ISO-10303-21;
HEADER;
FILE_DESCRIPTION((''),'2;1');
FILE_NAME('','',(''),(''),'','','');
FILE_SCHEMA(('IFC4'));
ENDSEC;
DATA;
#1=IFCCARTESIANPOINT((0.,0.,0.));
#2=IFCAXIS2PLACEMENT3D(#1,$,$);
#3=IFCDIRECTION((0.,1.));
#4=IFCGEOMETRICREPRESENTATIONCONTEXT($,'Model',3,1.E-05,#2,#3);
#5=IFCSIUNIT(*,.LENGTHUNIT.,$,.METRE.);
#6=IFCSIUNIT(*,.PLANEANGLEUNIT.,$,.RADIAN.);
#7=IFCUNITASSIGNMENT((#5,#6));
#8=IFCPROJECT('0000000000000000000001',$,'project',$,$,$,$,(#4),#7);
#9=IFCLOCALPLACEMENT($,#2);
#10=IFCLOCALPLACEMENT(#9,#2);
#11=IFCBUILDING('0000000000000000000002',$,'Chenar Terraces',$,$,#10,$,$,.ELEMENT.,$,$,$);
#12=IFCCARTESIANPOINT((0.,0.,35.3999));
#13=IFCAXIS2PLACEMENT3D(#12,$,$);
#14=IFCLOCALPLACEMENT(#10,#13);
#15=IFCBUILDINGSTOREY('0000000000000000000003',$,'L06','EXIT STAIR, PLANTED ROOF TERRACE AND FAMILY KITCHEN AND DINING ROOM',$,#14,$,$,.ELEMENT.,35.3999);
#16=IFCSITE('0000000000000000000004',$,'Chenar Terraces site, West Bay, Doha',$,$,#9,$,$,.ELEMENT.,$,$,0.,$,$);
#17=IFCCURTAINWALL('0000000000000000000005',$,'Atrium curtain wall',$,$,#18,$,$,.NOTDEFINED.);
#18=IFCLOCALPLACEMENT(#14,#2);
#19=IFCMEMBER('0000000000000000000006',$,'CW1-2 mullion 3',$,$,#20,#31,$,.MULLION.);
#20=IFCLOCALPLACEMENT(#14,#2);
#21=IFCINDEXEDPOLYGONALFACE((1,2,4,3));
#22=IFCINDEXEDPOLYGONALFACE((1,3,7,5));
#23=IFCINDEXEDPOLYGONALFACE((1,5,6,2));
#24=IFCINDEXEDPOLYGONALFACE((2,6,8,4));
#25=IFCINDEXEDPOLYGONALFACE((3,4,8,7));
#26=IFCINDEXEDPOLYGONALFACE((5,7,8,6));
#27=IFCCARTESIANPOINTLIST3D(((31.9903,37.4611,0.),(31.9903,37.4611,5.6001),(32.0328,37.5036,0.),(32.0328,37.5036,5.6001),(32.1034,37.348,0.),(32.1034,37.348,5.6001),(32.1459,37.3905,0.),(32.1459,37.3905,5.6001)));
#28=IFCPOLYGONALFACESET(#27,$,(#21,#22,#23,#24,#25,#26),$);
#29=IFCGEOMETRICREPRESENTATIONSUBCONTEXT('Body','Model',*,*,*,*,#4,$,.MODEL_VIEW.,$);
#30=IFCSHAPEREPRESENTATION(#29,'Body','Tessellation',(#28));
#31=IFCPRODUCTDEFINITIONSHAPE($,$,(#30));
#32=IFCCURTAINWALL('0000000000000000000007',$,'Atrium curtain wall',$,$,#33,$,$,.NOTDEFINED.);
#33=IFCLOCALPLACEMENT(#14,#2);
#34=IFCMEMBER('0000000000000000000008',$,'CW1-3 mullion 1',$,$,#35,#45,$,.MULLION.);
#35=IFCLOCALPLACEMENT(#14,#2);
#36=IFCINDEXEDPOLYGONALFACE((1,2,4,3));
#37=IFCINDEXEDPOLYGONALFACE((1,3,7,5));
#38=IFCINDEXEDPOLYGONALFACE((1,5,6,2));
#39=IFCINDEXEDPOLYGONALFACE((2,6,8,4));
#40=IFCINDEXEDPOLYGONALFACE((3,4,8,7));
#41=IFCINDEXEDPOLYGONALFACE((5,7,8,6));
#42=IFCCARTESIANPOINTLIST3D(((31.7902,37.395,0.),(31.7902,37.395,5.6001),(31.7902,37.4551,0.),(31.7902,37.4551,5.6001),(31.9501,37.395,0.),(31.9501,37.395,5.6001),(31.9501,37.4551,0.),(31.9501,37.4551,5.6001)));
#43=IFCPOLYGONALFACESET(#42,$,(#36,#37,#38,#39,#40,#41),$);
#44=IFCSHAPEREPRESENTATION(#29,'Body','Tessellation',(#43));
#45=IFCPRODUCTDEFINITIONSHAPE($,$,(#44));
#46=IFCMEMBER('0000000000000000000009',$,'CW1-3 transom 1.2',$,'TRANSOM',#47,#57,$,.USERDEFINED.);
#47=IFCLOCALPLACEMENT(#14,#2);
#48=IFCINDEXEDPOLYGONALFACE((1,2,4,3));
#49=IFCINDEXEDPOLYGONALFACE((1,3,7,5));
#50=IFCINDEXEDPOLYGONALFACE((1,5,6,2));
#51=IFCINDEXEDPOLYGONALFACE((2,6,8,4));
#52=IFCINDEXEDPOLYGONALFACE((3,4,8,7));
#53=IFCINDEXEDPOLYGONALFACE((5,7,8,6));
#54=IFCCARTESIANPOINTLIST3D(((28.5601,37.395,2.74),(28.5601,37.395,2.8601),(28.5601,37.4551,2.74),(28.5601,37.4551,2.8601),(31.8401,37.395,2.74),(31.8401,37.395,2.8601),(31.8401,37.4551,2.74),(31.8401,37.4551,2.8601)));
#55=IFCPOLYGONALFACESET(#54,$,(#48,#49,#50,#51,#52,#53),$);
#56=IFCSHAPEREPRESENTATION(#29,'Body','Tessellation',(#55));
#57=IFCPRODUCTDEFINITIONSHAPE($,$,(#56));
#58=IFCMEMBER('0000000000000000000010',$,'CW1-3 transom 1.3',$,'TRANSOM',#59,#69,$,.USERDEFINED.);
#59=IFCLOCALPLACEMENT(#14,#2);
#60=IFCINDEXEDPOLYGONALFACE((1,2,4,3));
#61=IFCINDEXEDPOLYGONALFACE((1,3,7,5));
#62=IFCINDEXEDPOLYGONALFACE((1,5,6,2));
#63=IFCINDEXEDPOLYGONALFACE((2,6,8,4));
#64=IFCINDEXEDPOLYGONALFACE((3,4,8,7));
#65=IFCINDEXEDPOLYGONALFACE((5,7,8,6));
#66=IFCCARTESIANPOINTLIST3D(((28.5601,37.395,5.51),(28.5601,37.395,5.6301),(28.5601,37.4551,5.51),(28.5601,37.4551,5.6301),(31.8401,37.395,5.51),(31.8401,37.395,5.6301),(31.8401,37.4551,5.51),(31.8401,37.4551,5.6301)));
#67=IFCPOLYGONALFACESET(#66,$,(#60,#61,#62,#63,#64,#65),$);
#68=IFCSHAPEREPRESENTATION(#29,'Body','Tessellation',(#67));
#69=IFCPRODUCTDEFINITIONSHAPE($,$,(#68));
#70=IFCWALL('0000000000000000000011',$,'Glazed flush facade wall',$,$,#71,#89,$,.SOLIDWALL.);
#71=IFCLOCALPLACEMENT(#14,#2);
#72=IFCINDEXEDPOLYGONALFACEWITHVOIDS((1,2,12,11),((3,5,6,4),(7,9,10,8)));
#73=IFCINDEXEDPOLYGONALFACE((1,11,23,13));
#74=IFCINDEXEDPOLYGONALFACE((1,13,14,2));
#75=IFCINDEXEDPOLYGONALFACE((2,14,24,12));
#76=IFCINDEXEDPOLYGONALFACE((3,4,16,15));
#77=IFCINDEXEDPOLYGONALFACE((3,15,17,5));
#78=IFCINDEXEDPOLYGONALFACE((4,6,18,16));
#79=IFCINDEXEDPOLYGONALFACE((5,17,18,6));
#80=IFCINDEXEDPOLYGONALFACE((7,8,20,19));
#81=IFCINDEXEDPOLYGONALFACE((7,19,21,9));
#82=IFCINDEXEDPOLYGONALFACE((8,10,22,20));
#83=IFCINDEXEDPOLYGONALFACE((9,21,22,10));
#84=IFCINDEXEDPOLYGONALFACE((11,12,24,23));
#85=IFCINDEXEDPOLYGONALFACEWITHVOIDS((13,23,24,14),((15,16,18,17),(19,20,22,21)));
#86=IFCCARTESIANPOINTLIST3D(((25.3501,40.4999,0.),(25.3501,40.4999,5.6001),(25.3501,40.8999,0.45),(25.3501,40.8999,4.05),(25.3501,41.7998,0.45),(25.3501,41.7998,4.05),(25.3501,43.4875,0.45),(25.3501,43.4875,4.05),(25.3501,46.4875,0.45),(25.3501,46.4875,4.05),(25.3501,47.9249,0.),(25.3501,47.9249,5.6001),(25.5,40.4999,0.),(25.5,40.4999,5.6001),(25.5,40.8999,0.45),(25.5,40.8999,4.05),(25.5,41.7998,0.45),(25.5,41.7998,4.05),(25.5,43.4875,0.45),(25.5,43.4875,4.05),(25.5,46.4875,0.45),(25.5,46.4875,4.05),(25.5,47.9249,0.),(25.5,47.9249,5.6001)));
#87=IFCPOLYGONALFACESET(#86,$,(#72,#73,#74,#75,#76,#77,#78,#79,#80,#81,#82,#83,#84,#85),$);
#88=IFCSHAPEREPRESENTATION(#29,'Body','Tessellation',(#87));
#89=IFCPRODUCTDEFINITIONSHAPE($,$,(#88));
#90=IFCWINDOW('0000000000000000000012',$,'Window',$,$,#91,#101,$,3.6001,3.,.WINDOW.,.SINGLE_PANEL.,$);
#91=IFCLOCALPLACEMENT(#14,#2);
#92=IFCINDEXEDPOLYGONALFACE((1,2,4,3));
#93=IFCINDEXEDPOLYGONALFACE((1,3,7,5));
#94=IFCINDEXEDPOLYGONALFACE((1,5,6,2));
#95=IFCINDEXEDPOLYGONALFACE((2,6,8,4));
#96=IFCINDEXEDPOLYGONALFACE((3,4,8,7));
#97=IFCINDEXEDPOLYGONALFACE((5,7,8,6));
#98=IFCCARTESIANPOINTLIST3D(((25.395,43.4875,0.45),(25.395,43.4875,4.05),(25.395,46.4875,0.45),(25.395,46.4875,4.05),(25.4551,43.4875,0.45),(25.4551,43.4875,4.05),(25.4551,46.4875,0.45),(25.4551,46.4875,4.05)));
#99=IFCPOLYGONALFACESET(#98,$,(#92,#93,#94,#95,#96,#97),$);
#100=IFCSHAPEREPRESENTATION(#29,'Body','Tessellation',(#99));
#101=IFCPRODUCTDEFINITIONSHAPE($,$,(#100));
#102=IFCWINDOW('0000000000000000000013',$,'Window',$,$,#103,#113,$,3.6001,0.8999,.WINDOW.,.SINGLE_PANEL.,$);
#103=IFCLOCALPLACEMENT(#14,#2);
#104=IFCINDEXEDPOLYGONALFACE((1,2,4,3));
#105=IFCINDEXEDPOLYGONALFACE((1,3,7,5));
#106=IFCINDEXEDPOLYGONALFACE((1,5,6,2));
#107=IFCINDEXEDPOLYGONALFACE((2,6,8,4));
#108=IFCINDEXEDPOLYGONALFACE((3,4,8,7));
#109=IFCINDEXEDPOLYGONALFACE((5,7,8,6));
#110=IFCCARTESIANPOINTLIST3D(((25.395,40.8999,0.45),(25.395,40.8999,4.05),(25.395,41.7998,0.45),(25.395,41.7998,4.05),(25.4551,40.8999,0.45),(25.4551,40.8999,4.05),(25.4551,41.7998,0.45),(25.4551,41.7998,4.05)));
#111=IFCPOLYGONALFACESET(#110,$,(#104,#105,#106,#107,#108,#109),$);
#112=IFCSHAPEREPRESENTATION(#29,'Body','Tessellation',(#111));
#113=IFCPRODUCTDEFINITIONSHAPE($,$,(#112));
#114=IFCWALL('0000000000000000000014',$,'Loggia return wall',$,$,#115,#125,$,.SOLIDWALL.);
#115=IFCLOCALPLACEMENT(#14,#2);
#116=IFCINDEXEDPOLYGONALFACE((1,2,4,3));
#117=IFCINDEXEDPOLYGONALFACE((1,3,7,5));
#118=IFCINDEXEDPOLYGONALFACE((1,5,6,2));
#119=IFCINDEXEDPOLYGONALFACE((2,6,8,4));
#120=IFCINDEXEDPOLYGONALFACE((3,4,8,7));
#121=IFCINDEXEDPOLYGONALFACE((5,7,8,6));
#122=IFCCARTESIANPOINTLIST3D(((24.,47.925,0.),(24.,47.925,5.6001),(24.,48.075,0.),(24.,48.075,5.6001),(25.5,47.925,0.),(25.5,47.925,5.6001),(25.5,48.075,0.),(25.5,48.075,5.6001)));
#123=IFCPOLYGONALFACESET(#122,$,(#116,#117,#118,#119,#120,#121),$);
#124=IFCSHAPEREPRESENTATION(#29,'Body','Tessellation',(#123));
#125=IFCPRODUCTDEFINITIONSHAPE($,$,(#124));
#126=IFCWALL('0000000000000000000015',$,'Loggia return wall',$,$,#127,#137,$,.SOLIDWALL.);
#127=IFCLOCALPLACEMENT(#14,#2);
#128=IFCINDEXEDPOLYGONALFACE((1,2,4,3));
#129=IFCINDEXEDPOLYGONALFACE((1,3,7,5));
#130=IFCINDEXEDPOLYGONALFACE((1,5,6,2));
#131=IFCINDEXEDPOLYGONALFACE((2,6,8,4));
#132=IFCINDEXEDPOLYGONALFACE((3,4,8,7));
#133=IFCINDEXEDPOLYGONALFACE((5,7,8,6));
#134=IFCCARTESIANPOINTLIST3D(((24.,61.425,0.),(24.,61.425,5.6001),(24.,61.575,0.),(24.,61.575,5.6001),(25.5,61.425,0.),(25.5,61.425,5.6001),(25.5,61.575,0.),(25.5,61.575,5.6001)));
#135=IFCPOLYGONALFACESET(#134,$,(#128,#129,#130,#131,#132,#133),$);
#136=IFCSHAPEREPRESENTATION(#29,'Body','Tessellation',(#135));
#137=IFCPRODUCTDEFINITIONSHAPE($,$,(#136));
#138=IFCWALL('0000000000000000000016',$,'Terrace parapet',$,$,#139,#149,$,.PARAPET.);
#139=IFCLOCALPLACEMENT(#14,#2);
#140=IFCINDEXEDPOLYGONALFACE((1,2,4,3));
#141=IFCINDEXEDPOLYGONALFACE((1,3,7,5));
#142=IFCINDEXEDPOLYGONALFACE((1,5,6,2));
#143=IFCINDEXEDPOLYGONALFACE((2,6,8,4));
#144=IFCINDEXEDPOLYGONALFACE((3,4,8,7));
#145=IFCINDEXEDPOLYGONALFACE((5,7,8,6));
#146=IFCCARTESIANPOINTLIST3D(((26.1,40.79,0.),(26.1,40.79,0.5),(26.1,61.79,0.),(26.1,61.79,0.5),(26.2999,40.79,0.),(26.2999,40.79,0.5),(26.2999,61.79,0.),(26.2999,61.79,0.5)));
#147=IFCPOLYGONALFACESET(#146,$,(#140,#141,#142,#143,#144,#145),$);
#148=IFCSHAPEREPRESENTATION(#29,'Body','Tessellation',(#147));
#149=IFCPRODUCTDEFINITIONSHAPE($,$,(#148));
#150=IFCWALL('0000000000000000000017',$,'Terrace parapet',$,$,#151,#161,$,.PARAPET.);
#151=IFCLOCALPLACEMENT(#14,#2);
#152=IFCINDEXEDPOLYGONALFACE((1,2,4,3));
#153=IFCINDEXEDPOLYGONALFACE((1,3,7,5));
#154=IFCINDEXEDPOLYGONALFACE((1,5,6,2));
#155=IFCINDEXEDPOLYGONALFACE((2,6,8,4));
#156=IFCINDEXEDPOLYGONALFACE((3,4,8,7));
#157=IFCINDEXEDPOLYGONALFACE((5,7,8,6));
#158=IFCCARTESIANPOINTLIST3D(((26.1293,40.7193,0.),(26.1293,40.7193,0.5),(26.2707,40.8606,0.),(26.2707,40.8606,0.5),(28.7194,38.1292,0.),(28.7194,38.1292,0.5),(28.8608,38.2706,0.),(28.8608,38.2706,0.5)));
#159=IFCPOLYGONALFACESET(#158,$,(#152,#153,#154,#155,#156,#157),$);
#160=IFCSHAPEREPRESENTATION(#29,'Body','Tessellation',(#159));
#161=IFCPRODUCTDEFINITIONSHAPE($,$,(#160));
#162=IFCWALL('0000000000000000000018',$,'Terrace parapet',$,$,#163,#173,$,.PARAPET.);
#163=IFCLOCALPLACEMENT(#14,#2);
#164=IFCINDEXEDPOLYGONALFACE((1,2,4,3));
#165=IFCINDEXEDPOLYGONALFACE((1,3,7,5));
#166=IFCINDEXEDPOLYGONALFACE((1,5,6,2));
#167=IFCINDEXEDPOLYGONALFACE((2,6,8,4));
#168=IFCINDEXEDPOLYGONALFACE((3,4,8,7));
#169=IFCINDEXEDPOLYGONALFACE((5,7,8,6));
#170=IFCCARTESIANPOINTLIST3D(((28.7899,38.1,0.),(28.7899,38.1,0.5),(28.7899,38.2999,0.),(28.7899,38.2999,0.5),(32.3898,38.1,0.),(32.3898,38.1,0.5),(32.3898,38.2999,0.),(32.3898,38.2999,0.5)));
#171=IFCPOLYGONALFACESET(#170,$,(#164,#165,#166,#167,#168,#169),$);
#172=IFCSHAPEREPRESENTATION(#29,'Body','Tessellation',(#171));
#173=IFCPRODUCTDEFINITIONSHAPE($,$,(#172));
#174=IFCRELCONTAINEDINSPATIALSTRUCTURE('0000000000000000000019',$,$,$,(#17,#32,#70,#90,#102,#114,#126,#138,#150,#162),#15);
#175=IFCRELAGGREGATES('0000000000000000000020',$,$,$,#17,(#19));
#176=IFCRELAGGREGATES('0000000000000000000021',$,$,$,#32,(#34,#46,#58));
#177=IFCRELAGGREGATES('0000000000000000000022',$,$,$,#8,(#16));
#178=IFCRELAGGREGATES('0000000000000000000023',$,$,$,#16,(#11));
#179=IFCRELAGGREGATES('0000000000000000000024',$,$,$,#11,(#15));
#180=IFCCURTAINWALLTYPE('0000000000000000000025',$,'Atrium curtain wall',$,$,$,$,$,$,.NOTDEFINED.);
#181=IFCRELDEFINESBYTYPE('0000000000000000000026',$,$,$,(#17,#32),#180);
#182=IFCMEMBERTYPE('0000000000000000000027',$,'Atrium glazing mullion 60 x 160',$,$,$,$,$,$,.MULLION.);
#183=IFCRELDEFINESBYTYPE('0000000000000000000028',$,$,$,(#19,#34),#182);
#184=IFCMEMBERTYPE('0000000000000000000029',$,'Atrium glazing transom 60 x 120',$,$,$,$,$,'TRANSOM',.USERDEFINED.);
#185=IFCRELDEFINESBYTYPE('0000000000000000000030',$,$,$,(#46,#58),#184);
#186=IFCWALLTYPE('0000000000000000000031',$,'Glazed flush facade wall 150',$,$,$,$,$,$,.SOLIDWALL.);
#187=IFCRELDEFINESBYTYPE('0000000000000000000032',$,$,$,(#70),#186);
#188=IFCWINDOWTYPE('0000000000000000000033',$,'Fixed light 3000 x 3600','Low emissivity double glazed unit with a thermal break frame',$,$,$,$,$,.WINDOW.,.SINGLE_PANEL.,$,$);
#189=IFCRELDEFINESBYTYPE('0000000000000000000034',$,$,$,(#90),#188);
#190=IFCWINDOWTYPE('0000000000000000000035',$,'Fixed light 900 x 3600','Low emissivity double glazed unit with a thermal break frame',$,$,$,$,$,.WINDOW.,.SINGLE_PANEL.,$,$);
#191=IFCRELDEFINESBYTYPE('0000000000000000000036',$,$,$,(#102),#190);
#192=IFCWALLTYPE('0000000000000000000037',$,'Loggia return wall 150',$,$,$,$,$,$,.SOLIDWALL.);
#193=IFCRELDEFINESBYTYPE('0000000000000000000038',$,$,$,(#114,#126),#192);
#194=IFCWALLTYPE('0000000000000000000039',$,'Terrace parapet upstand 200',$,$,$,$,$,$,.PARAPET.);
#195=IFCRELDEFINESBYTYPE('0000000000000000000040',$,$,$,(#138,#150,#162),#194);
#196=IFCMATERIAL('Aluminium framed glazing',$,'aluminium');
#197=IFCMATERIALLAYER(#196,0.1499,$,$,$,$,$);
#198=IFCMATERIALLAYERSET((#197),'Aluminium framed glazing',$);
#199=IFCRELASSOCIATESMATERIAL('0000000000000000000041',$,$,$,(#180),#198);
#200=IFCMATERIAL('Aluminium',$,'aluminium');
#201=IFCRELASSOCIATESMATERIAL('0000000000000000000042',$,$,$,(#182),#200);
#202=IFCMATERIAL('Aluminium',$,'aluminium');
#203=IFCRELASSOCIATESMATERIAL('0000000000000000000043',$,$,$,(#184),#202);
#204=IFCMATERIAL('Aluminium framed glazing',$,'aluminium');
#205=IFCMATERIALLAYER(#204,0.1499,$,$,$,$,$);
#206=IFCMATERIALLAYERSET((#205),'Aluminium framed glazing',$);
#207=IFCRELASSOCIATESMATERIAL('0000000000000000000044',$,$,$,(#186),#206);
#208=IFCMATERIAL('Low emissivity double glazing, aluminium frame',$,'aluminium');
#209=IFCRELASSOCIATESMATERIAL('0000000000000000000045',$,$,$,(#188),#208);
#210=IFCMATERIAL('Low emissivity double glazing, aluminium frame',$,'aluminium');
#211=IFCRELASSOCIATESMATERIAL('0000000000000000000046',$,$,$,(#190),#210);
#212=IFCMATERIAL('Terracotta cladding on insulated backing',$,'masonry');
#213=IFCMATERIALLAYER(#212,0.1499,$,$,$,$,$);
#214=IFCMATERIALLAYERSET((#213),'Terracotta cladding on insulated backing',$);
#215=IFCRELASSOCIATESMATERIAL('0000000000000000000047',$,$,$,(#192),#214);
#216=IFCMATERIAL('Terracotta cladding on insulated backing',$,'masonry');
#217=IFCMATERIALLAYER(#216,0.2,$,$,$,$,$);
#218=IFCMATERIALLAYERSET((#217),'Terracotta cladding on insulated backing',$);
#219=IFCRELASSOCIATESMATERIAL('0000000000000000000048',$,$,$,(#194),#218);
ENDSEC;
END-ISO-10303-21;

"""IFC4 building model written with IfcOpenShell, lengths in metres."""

from ifc_helpers import new_model, si_unit, direction, frame, frame_2d, origin, origin_2d, place, context, subcontext, project, spatial, rectangle, extrude, material, layer, layer_set, material_profile, profile_set, type_object, element, fill, aggregate, save


model = new_model("IFC4")

# Units and contexts
model_context = context("Model", 3, precision=1e-05, world=origin(), true_north=direction((0.0, 1.0)))
body_context = subcontext(model_context, "Body", "Model", "MODEL_VIEW")
ifc_project = project(units=[si_unit("LENGTHUNIT", "METRE"), si_unit("PLANEANGLEUNIT", "RADIAN")], contexts=[model_context])

# Site, building, storey
site_placement = place(None, origin())
site = spatial("IfcSite", under=ifc_project, at=site_placement, Name="Chenar Terraces site, West Bay, Doha", CompositionType="ELEMENT", RefElevation=0.0)
building_placement = place(site_placement, origin())
building = spatial("IfcBuilding", under=site, at=building_placement, Name="Chenar Terraces", CompositionType="ELEMENT")
storey_placement = place(building_placement, frame((0.0, 0.0, 35.3999)))
storey = spatial("IfcBuildingStorey", under=building, at=storey_placement, Name="L06", Description="EXIT STAIR, PLANTED ROOF TERRACE AND FAMILY KITCHEN AND DINING ROOM", CompositionType="ELEMENT", Elevation=35.3999)

# Curtain wall, member
ifc_material_1 = material(Name="Aluminium framed glazing", Category="aluminium")
ifc_layer_1 = layer(ifc_material_1, 0.1499)
ifc_layer_set_1 = layer_set([ifc_layer_1], Name="Aluminium framed glazing")
curtain_wall_type = type_object("IfcCurtainWallType", Name="Atrium curtain wall", PredefinedType="NOTDEFINED", material=ifc_layer_set_1)
placement = place(storey_placement, origin())
curtain_wall_1 = element("IfcCurtainWall", 1, at=placement, inside=storey, type_object=curtain_wall_type, Name="Atrium curtain wall", PredefinedType="NOTDEFINED")
ifc_material_2 = material(Name="Aluminium", Category="aluminium")
ifc_material_profile_1 = material_profile(ifc_material_2, rectangle(XDim=0.0601, YDim=0.1599, at=origin_2d()), Name="Atrium glazing mullion 60 x 160")
ifc_profile_set_1 = profile_set([ifc_material_profile_1], Name="Aluminium")
member_type_1 = type_object("IfcMemberType", Name="Atrium glazing mullion 60 x 160", PredefinedType="MULLION", material=ifc_profile_set_1)
member_1_placement = place(storey_placement, frame((32.0681, 37.4258, 0.0), z_axis=(0.0, 0.0, 1.0), x_axis=(-0.707107, -0.707107, 0.0)))
member_1 = element("IfcMember", 2, at=member_1_placement, type_object=member_type_1, Name="CW1-2 mullion 3", PredefinedType="MULLION", context=body_context, shape_type="SweptSolid", body=[
    extrude(rectangle(XDim=0.0601, YDim=0.1599, at=origin_2d()), origin(), (0.0, 0.0, 1.0), 5.6001),
])
aggregate(curtain_wall_1, [member_1])

# Curtain wall, members
curtain_wall_2 = element("IfcCurtainWall", 3, at=placement, inside=storey, type_object=curtain_wall_type, Name="Atrium curtain wall", PredefinedType="NOTDEFINED")
member_2_placement = place(storey_placement, frame((31.8701, 37.425, 0.0), z_axis=(0.0, 0.0, 1.0), x_axis=(0.0, -1.0, 0.0)))
member_2 = element("IfcMember", 4, at=member_2_placement, type_object=member_type_1, Name="CW1-3 mullion 1", PredefinedType="MULLION", context=body_context, shape_type="SweptSolid", body=[
    extrude(rectangle(XDim=0.0601, YDim=0.1599, at=origin_2d()), origin(), (0.0, 0.0, 1.0), 5.6001),
])
ifc_material_3 = material(Name="Aluminium", Category="aluminium")
ifc_material_profile_2 = material_profile(ifc_material_3, rectangle(XDim=0.0601, YDim=0.1201, at=origin_2d()), Name="Atrium glazing transom 60 x 120")
ifc_profile_set_2 = profile_set([ifc_material_profile_2], Name="Aluminium")
member_type_2 = type_object("IfcMemberType", Name="Atrium glazing transom 60 x 120", ElementType="TRANSOM", PredefinedType="USERDEFINED", material=ifc_profile_set_2)
member_3_placement = place(storey_placement, frame((31.8401, 37.425, 2.8), z_axis=(-1.0, 0.0, 0.0), x_axis=(0.0, -1.0, 0.0)))
member_3 = element("IfcMember", 5, at=member_3_placement, type_object=member_type_2, Name="CW1-3 transom 1.2", ObjectType="TRANSOM", PredefinedType="USERDEFINED", context=body_context, shape_type="SweptSolid", body=[
    extrude(rectangle(XDim=0.0601, YDim=0.1201, at=origin_2d()), origin(), (0.0, 0.0, 1.0), 3.28),
])
member_4_placement = place(storey_placement, frame((31.8401, 37.425, 5.5701), z_axis=(-1.0, 0.0, 0.0), x_axis=(0.0, -1.0, 0.0)))
member_4 = element("IfcMember", 6, at=member_4_placement, type_object=member_type_2, Name="CW1-3 transom 1.3", ObjectType="TRANSOM", PredefinedType="USERDEFINED", context=body_context, shape_type="SweptSolid", body=[
    extrude(rectangle(XDim=0.0601, YDim=0.1201, at=origin_2d()), origin(), (0.0, 0.0, 1.0), 3.28),
])
aggregate(curtain_wall_2, [member_2, member_3, member_4])

# Wall, openings, windows
ifc_material_4 = material(Name="Aluminium framed glazing", Category="aluminium")
ifc_layer_2 = layer(ifc_material_4, 0.1499)
ifc_layer_set_2 = layer_set([ifc_layer_2], Name="Aluminium framed glazing")
wall_type_1 = type_object("IfcWallType", Name="Glazed flush facade wall 150", PredefinedType="SOLIDWALL", material=ifc_layer_set_2)
wall_1_placement = place(storey_placement, frame((25.425, 40.5, 0.0), z_axis=(0.0, 0.0, 1.0), x_axis=(0.0, 1.0, 0.0)))
wall_1 = element("IfcWall", 7, at=wall_1_placement, inside=storey, type_object=wall_type_1, Name="Glazed flush facade wall", PredefinedType="SOLIDWALL", context=body_context, shape_type="SweptSolid", body=[
    extrude(rectangle(XDim=7.425, YDim=0.1499, at=frame_2d((3.7124, 0.0))), origin(), (0.0, 0.0, 1.0), 5.6001),
])
opening_1_placement = place(wall_1_placement, frame((0.3999, 0.0, 0.45)))
opening_1 = element("IfcOpeningElement", 8, at=opening_1_placement, cuts=wall_1, PredefinedType="OPENING", context=body_context, shape_type="SweptSolid", body=[
    extrude(rectangle(XDim=0.8999, YDim=3.6001, at=frame_2d((0.45, 1.8))), frame((0.0, 0.085, 0.0), z_axis=(0.0, -1.0, 0.0), x_axis=(1.0, 0.0, 0.0)), (0.0, 0.0, 1.0), 0.1699),
])
opening_2_placement = place(wall_1_placement, frame((2.9875, 0.0, 0.45)))
opening_2 = element("IfcOpeningElement", 9, at=opening_2_placement, cuts=wall_1, PredefinedType="OPENING", context=body_context, shape_type="SweptSolid", body=[
    extrude(rectangle(XDim=3.0, YDim=3.6001, at=frame_2d((1.5, 1.8))), frame((0.0, 0.085, 0.0), z_axis=(0.0, -1.0, 0.0), x_axis=(1.0, 0.0, 0.0)), (0.0, 0.0, 1.0), 0.1699),
])
ifc_material_5 = material(Name="Low emissivity double glazing, aluminium frame", Category="aluminium")
window_type_1 = type_object("IfcWindowType", Name="Fixed light 3000 x 3600", Description="Low emissivity double glazed unit with a thermal break frame", PartitioningType="SINGLE_PANEL", PredefinedType="WINDOW", material=ifc_material_5)
window_1_placement = place(opening_2_placement, origin())
window_1 = element("IfcWindow", 10, at=window_1_placement, inside=storey, type_object=window_type_1, Name="Window", OverallHeight=3.6001, OverallWidth=3.0, PartitioningType="SINGLE_PANEL", PredefinedType="WINDOW", context=body_context, shape_type="SweptSolid", body=[
    extrude(rectangle(XDim=3.0, YDim=3.6001, at=frame_2d((1.5, 1.8))), frame((0.0, 0.03, 0.0), z_axis=(0.0, -1.0, 0.0), x_axis=(1.0, 0.0, 0.0)), (0.0, 0.0, 1.0), 0.0601),
])
fill(opening_2, window_1)
ifc_material_6 = material(Name="Low emissivity double glazing, aluminium frame", Category="aluminium")
window_type_2 = type_object("IfcWindowType", Name="Fixed light 900 x 3600", Description="Low emissivity double glazed unit with a thermal break frame", PartitioningType="SINGLE_PANEL", PredefinedType="WINDOW", material=ifc_material_6)
window_2_placement = place(opening_1_placement, origin())
window_2 = element("IfcWindow", 11, at=window_2_placement, inside=storey, type_object=window_type_2, Name="Window", OverallHeight=3.6001, OverallWidth=0.8999, PartitioningType="SINGLE_PANEL", PredefinedType="WINDOW", context=body_context, shape_type="SweptSolid", body=[
    extrude(rectangle(XDim=0.8999, YDim=3.6001, at=frame_2d((0.45, 1.8))), frame((0.0, 0.03, 0.0), z_axis=(0.0, -1.0, 0.0), x_axis=(1.0, 0.0, 0.0)), (0.0, 0.0, 1.0), 0.0601),
])
fill(opening_1, window_2)

# Walls
ifc_material_7 = material(Name="Terracotta cladding on insulated backing", Category="masonry")
ifc_layer_3 = layer(ifc_material_7, 0.1499)
ifc_layer_set_3 = layer_set([ifc_layer_3], Name="Terracotta cladding on insulated backing")
wall_type_2 = type_object("IfcWallType", Name="Loggia return wall 150", PredefinedType="SOLIDWALL", material=ifc_layer_set_3)
for number, where, z_axis, x_axis, name in (
    (12, (25.5, 48.0, 0.0), (0.0, 0.0, 1.0), (-1.0, 0.0, 0.0), "Loggia return wall"),
    (13, (25.5, 61.5, 0.0), (0.0, 0.0, 1.0), (-1.0, 0.0, 0.0), "Loggia return wall"),
):
    element("IfcWall", number, at=place(storey_placement, frame(where, z_axis=z_axis, x_axis=x_axis)), inside=storey, type_object=wall_type_2, Name=name, PredefinedType="SOLIDWALL", context=body_context, shape_type="SweptSolid", body=[
        extrude(rectangle(XDim=1.5, YDim=0.1499, at=frame_2d((0.75, 0.0))), origin(), (0.0, 0.0, 1.0), 5.6001),
    ])
ifc_material_8 = material(Name="Terracotta cladding on insulated backing", Category="masonry")
ifc_layer_4 = layer(ifc_material_8, 0.2)
ifc_layer_set_4 = layer_set([ifc_layer_4], Name="Terracotta cladding on insulated backing")
wall_type_3 = type_object("IfcWallType", Name="Terrace parapet upstand 200", PredefinedType="PARAPET", material=ifc_layer_set_4)
wall_2_placement = place(storey_placement, frame((26.2, 61.79, 0.0), z_axis=(0.0, 0.0, 1.0), x_axis=(0.0, -1.0, 0.0)))
element("IfcWall", 14, at=wall_2_placement, inside=storey, type_object=wall_type_3, Name="Terrace parapet", PredefinedType="PARAPET", context=body_context, shape_type="SweptSolid", body=[
    extrude(rectangle(XDim=21.0, YDim=0.2, at=frame_2d((10.5, 0.0))), origin(), (0.0, 0.0, 1.0), 0.5),
])
wall_3_placement = place(storey_placement, frame((26.2, 40.79, 0.0), z_axis=(0.0, 0.0, 1.0), x_axis=(0.707107, -0.707107, 0.0)))
element("IfcWall", 15, at=wall_3_placement, inside=storey, type_object=wall_type_3, Name="Terrace parapet", PredefinedType="PARAPET", context=body_context, shape_type="SweptSolid", body=[
    extrude(rectangle(XDim=3.6628, YDim=0.2, at=frame_2d((1.8315, 0.0))), origin(), (0.0, 0.0, 1.0), 0.5),
])
wall_4_placement = place(storey_placement, frame((28.79, 38.2, 0.0), z_axis=(0.0, 0.0, 1.0), x_axis=(1.0, 0.0, 0.0)))
element("IfcWall", 16, at=wall_4_placement, inside=storey, type_object=wall_type_3, Name="Terrace parapet", PredefinedType="PARAPET", context=body_context, shape_type="SweptSolid", body=[
    extrude(rectangle(XDim=3.5999, YDim=0.2, at=frame_2d((1.7998, 0.0))), origin(), (0.0, 0.0, 1.0), 0.5),
])

save(model, "model.ifc")
